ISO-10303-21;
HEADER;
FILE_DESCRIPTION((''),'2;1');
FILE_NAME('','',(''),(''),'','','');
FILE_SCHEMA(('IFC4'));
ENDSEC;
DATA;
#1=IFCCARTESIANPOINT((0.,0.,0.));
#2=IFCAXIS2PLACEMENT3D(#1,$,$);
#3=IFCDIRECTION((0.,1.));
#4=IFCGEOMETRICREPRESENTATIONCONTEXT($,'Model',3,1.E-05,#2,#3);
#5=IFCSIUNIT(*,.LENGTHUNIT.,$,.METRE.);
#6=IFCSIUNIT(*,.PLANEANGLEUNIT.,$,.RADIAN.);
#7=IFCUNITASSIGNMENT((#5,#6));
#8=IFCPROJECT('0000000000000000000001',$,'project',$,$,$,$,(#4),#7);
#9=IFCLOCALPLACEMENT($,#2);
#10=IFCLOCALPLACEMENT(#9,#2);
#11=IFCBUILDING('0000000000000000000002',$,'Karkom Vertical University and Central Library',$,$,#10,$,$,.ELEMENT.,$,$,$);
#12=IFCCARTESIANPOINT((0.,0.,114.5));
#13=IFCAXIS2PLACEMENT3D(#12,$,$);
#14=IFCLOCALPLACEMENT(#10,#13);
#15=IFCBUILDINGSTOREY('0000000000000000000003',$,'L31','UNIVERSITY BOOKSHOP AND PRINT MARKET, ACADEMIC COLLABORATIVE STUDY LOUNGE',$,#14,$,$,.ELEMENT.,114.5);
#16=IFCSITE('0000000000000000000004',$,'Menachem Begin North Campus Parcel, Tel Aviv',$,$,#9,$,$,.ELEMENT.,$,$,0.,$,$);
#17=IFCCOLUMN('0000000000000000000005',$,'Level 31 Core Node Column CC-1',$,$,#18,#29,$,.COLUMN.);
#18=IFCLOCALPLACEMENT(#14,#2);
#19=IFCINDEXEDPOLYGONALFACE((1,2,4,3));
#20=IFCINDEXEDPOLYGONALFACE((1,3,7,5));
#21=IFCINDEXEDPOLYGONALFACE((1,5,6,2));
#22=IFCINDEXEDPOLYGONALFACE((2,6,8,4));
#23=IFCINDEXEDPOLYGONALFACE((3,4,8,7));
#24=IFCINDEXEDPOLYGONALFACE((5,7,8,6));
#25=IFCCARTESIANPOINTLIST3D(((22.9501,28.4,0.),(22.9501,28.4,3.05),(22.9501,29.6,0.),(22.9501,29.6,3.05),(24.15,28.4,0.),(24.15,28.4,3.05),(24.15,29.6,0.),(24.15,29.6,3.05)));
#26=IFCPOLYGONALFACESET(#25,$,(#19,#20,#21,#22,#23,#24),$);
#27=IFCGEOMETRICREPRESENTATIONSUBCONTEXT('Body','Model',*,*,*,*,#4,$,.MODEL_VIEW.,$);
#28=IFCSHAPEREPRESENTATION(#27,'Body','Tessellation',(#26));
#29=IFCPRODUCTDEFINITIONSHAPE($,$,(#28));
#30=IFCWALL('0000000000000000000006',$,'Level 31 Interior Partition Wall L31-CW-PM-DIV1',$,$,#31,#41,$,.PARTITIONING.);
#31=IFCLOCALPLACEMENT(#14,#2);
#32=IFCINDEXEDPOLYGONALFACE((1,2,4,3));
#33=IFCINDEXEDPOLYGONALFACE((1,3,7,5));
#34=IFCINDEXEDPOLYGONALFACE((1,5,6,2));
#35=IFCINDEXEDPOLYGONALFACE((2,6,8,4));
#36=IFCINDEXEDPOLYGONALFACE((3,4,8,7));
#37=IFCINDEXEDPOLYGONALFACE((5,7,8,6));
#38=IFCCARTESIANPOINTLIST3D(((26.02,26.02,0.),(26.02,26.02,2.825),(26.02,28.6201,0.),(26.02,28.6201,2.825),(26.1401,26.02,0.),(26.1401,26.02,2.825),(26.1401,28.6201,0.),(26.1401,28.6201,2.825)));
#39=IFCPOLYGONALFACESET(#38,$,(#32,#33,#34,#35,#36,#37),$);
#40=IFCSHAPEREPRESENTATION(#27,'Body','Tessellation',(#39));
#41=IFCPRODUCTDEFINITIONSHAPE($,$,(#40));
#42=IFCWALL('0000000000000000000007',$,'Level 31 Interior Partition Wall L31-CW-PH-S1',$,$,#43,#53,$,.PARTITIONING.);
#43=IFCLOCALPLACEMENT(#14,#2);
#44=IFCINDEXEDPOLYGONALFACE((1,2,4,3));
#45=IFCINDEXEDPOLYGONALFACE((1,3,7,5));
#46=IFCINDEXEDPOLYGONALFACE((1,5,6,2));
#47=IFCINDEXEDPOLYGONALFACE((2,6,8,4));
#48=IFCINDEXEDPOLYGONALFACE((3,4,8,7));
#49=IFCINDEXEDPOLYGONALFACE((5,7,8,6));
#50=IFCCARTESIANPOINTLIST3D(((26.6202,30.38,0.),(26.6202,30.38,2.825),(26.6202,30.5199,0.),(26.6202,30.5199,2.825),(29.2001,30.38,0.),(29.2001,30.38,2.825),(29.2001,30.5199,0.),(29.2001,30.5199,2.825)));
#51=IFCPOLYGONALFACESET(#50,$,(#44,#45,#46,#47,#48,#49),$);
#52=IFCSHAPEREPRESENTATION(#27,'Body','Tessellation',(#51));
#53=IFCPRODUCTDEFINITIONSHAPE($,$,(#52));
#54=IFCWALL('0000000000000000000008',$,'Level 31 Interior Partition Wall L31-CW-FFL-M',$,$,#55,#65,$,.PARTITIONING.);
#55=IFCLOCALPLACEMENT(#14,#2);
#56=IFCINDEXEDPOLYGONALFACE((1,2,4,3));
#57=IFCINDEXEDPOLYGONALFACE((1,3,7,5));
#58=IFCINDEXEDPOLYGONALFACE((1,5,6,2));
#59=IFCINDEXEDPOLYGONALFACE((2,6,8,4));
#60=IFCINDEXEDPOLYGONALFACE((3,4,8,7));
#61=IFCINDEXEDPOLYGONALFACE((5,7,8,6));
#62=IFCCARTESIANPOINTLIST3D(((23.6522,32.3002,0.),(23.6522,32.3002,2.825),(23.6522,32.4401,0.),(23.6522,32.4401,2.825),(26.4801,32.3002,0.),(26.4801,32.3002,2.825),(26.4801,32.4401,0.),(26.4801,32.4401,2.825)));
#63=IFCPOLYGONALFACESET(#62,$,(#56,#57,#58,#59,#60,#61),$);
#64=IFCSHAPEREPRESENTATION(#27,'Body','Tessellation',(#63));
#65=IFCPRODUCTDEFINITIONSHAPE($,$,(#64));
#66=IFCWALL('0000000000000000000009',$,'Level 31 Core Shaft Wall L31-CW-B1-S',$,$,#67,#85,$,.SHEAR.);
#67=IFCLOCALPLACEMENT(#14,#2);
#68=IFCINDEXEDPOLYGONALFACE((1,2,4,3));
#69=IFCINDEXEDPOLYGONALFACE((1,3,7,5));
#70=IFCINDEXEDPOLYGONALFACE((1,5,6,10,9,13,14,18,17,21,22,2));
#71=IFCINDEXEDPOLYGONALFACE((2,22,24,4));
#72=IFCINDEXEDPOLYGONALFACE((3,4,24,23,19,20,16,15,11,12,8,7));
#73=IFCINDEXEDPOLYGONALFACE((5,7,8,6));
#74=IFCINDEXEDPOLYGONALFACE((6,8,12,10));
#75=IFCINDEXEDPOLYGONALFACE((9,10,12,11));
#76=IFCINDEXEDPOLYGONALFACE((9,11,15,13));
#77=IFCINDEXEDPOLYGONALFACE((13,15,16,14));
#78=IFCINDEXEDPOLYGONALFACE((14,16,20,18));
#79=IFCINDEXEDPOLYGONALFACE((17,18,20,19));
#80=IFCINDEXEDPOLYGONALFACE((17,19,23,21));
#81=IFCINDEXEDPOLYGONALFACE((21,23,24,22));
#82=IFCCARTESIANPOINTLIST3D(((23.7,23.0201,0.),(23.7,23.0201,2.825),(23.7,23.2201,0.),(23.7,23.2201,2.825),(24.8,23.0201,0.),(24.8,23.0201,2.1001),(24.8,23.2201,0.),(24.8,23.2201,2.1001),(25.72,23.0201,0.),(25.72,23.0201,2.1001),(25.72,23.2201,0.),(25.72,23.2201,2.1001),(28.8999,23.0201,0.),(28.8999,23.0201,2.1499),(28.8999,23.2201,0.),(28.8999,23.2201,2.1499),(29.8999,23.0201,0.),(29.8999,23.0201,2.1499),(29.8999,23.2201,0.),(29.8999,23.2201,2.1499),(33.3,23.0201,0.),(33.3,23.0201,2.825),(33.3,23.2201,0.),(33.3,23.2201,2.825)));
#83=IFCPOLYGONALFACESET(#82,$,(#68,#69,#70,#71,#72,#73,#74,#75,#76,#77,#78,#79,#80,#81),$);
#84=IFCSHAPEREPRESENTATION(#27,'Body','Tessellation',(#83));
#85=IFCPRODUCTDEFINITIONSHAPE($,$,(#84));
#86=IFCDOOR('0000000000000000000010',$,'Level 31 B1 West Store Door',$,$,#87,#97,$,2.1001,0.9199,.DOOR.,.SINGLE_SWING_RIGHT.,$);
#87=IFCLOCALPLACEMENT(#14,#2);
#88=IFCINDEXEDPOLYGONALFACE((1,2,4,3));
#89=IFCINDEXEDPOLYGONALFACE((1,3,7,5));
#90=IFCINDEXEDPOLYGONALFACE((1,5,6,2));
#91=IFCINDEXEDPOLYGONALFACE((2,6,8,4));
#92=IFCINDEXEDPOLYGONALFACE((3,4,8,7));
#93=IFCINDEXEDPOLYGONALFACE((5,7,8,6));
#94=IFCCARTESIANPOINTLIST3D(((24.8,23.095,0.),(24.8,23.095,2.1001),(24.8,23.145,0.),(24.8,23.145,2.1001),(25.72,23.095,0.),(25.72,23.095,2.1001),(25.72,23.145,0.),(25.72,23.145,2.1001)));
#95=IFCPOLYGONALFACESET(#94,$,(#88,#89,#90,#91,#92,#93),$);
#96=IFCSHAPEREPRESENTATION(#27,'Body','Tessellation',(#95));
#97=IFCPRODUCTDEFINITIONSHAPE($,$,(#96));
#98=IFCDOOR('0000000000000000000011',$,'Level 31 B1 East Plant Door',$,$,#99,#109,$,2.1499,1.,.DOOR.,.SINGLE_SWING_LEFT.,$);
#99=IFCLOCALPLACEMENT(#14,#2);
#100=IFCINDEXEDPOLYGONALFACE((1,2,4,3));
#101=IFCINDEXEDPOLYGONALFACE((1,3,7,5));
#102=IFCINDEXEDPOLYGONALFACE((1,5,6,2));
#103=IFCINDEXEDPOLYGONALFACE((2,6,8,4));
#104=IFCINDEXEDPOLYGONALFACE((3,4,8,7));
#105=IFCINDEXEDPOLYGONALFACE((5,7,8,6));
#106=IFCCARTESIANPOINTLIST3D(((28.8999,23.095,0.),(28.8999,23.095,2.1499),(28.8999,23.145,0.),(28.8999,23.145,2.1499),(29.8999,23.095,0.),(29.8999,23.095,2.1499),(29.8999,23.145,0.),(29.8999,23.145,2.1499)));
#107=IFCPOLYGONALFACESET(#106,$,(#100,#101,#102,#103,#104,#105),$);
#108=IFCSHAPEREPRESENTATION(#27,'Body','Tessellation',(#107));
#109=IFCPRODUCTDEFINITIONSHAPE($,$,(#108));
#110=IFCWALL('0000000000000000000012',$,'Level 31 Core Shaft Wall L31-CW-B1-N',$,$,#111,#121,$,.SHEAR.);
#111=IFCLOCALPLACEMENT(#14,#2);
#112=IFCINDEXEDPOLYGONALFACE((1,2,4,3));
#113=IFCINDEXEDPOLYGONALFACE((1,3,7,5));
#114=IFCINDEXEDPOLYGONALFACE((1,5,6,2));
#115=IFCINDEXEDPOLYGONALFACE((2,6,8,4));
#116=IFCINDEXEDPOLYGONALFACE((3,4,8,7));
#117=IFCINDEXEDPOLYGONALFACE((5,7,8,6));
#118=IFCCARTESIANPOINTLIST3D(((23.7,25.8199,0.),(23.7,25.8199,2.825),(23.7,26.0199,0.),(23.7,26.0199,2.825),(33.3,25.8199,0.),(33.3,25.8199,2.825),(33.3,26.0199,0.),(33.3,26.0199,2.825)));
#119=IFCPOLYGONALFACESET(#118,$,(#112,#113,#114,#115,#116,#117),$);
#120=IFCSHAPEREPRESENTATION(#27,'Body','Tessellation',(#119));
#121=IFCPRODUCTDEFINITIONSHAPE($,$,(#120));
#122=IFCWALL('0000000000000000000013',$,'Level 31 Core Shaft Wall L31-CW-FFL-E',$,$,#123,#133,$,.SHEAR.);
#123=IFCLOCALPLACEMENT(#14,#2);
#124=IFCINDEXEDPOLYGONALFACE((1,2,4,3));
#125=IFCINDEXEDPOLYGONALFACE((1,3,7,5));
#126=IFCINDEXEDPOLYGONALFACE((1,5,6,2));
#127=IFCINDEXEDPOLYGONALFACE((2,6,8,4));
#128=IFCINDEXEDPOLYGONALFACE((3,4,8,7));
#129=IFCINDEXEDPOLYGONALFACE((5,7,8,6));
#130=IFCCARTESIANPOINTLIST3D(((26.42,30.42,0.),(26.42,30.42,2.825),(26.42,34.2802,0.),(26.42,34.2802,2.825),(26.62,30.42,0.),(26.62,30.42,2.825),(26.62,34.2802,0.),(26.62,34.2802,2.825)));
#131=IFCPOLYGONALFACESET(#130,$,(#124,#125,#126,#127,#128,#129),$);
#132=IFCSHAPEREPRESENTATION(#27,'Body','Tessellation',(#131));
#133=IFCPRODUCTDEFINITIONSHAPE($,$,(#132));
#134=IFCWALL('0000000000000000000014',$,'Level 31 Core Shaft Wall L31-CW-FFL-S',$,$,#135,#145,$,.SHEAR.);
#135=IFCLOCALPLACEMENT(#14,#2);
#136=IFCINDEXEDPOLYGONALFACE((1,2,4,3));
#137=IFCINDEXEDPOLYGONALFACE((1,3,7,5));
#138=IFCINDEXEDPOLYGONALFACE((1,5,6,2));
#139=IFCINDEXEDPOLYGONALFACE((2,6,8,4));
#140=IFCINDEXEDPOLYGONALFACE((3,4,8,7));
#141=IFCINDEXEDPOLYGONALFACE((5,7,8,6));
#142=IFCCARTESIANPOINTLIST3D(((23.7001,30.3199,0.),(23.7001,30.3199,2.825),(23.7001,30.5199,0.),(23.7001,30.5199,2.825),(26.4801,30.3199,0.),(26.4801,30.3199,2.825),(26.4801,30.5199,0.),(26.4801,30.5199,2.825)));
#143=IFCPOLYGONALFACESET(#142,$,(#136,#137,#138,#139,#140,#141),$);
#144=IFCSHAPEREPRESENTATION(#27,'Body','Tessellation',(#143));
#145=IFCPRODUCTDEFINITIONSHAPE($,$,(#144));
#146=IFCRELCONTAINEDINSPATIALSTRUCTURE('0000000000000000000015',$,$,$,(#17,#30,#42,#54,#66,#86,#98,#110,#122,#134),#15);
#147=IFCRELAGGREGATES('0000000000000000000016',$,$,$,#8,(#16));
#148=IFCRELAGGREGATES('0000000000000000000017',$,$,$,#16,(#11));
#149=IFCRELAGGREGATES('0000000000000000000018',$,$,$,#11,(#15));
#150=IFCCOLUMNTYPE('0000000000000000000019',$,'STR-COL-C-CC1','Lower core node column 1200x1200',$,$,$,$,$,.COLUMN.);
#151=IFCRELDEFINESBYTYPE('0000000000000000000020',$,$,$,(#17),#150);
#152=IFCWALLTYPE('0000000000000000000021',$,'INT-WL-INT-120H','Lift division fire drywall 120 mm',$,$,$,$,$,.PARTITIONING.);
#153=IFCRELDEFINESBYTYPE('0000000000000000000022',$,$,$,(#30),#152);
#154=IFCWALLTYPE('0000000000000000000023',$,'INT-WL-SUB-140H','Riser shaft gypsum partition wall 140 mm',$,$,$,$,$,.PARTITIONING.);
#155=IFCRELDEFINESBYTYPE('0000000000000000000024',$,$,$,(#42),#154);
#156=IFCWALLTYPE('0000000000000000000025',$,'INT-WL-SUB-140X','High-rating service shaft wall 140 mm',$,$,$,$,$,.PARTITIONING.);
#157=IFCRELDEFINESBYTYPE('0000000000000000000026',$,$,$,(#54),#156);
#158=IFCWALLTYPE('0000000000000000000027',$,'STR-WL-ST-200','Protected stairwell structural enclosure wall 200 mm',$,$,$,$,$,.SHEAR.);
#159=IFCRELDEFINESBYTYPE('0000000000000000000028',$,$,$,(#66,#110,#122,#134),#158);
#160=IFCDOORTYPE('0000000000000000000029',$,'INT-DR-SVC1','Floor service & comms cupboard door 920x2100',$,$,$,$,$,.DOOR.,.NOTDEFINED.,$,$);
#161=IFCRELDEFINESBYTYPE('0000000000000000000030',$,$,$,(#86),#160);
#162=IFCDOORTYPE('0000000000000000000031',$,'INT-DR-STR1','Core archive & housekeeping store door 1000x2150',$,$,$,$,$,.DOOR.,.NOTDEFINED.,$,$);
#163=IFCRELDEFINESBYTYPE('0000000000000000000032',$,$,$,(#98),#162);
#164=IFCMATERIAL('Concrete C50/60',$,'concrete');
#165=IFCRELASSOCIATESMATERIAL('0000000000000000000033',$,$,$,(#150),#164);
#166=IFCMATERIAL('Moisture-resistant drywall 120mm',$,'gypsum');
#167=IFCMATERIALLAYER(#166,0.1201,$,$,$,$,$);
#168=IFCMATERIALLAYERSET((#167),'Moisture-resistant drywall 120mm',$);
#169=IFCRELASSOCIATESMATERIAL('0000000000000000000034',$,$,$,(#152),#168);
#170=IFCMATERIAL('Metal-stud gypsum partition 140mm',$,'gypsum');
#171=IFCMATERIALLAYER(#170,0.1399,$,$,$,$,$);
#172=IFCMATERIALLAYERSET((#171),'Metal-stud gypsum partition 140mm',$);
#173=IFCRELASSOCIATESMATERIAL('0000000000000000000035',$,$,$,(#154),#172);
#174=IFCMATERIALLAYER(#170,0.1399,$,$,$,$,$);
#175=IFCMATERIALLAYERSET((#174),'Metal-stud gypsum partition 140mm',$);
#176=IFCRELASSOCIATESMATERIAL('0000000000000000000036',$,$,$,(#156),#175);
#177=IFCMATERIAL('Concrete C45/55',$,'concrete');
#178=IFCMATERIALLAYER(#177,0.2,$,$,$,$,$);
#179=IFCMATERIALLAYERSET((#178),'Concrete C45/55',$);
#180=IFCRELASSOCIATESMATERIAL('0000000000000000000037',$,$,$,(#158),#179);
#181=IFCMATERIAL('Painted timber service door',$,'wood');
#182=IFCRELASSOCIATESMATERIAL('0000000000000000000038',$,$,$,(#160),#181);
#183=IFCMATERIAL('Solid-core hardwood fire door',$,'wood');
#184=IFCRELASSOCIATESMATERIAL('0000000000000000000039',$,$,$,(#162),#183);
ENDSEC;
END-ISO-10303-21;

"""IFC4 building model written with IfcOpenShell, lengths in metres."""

from ifc_helpers import new_model, si_unit, direction, frame, frame_2d, origin, origin_with_axes, origin_2d, place, context, subcontext, project, spatial, rectangle, extrude, source, transform, mapped, material, layer, layer_set, material_profile, profile_set, type_object, element, fill, save


model = new_model("IFC4")

# Units and contexts
model_context = context("Model", 3, precision=1e-05, world=origin(), true_north=direction((0.0, 1.0)))
body_context = subcontext(model_context, "Body", "Model", "MODEL_VIEW")
ifc_project = project(units=[si_unit("LENGTHUNIT", "METRE"), si_unit("PLANEANGLEUNIT", "RADIAN")], contexts=[model_context])

# Site, building, storey
site_placement = place(None, origin())
site = spatial("IfcSite", under=ifc_project, at=site_placement, Name="Menachem Begin North Campus Parcel, Tel Aviv", CompositionType="ELEMENT", RefElevation=0.0)
building_placement = place(site_placement, origin())
building = spatial("IfcBuilding", under=site, at=building_placement, Name="Karkom Vertical University and Central Library", CompositionType="ELEMENT")
storey_placement = place(building_placement, frame((0.0, 0.0, 114.5)))
storey = spatial("IfcBuildingStorey", under=building, at=storey_placement, Name="L31", Description="UNIVERSITY BOOKSHOP AND PRINT MARKET, ACADEMIC COLLABORATIVE STUDY LOUNGE", CompositionType="ELEMENT", Elevation=114.5)

# Column
ifc_material_1 = material(Name="Concrete C50/60", Category="concrete")
ifc_material_profile = material_profile(ifc_material_1, rectangle(XDim=1.2, YDim=1.2, at=origin_2d()), Name="RC-1200x1200")
ifc_profile_set = profile_set([ifc_material_profile], Name="Concrete C50/60")
column_type = type_object("IfcColumnType", Name="STR-COL-C-CC1", Description="Lower core node column 1200x1200", PredefinedType="COLUMN", material=ifc_profile_set)
shared_shape_1 = source(origin_with_axes(), body_context, "Body", "SweptSolid", [
    extrude(rectangle(XDim=1.2, YDim=1.2, at=origin_2d()), origin(), (0.0, 0.0, 1.0), 3.05),
])
column_placement = place(storey_placement, frame((23.55, 29.0, 0.0), z_axis=(0.0, 0.0, 1.0), x_axis=(1.0, 0.0, 0.0)))
element("IfcColumn", 1, at=column_placement, inside=storey, type_object=column_type, Name="Level 31 Core Node Column CC-1", PredefinedType="COLUMN", context=body_context, shape_type="MappedRepresentation", body=[
    mapped(shared_shape_1, transform((0.0, 0.0, 0.0), scale=1.0)),
])

# Walls
ifc_material_2 = material(Name="Moisture-resistant drywall 120mm", Category="gypsum")
ifc_layer_1 = layer(ifc_material_2, 0.1201)
ifc_layer_set_1 = layer_set([ifc_layer_1], Name="Moisture-resistant drywall 120mm")
wall_type_1 = type_object("IfcWallType", Name="INT-WL-INT-120H", Description="Lift division fire drywall 120 mm", PredefinedType="PARTITIONING", material=ifc_layer_set_1)
wall_1_placement = place(storey_placement, frame((26.0801, 26.02, 0.0), z_axis=(0.0, 0.0, 1.0), x_axis=(0.0, 1.0, 0.0)))
element("IfcWall", 2, at=wall_1_placement, inside=storey, type_object=wall_type_1, Name="Level 31 Interior Partition Wall L31-CW-PM-DIV1", PredefinedType="PARTITIONING", context=body_context, shape_type="SweptSolid", body=[
    extrude(rectangle(XDim=2.6001, YDim=0.1201, at=frame_2d((1.3, 0.0))), origin(), (0.0, 0.0, 1.0), 2.825),
])
ifc_material_3 = material(Name="Metal-stud gypsum partition 140mm", Category="gypsum")
ifc_layer_2 = layer(ifc_material_3, 0.1399)
ifc_layer_set_2 = layer_set([ifc_layer_2], Name="Metal-stud gypsum partition 140mm")
wall_type_2 = type_object("IfcWallType", Name="INT-WL-SUB-140H", Description="Riser shaft gypsum partition wall 140 mm", PredefinedType="PARTITIONING", material=ifc_layer_set_2)
wall_2_placement = place(storey_placement, frame((26.6201, 30.45, 0.0), z_axis=(0.0, 0.0, 1.0), x_axis=(1.0, 0.0, 0.0)))
element("IfcWall", 3, at=wall_2_placement, inside=storey, type_object=wall_type_2, Name="Level 31 Interior Partition Wall L31-CW-PH-S1", PredefinedType="PARTITIONING", context=body_context, shape_type="SweptSolid", body=[
    extrude(rectangle(XDim=2.5798, YDim=0.1399, at=frame_2d((1.29, 0.0))), origin(), (0.0, 0.0, 1.0), 2.825),
])
ifc_layer_3 = layer(ifc_material_3, 0.1399)
ifc_layer_set_3 = layer_set([ifc_layer_3], Name="Metal-stud gypsum partition 140mm")
wall_type_3 = type_object("IfcWallType", Name="INT-WL-SUB-140X", Description="High-rating service shaft wall 140 mm", PredefinedType="PARTITIONING", material=ifc_layer_set_3)
wall_3_placement = place(storey_placement, frame((23.6521, 32.3701, 0.0), z_axis=(0.0, 0.0, 1.0), x_axis=(1.0, 0.0, 0.0)))
element("IfcWall", 4, at=wall_3_placement, inside=storey, type_object=wall_type_3, Name="Level 31 Interior Partition Wall L31-CW-FFL-M", PredefinedType="PARTITIONING", context=body_context, shape_type="SweptSolid", body=[
    extrude(rectangle(XDim=2.8279, YDim=0.1399, at=frame_2d((1.4141, 0.0))), origin(), (0.0, 0.0, 1.0), 2.825),
])

# Wall, openings, doors
ifc_material_4 = material(Name="Concrete C45/55", Category="concrete")
ifc_layer_4 = layer(ifc_material_4, 0.2)
ifc_layer_set_4 = layer_set([ifc_layer_4], Name="Concrete C45/55")
wall_type_4 = type_object("IfcWallType", Name="STR-WL-ST-200", Description="Protected stairwell structural enclosure wall 200 mm", PredefinedType="SHEAR", material=ifc_layer_set_4)
wall_4_placement = place(storey_placement, frame((23.7, 23.1201, 0.0), z_axis=(0.0, 0.0, 1.0), x_axis=(1.0, 0.0, 0.0)))
wall_4 = element("IfcWall", 5, at=wall_4_placement, inside=storey, type_object=wall_type_4, Name="Level 31 Core Shaft Wall L31-CW-B1-S", PredefinedType="SHEAR", context=body_context, shape_type="SweptSolid", body=[
    extrude(rectangle(XDim=9.6001, YDim=0.2, at=frame_2d((4.8, 0.0))), origin(), (0.0, 0.0, 1.0), 2.825),
])
opening_1_placement = place(wall_4_placement, frame((1.1001, 0.0, 0.0)))
opening_1 = element("IfcOpeningElement", 6, at=opening_1_placement, cuts=wall_4, PredefinedType="OPENING", context=body_context, shape_type="SweptSolid", body=[
    extrude(rectangle(XDim=0.9199, YDim=2.1001, at=frame_2d((0.46, 1.05))), frame((0.0, 0.1099, 0.0), z_axis=(0.0, -1.0, 0.0), x_axis=(1.0, 0.0, 0.0)), (0.0, 0.0, 1.0), 0.22),
])
opening_2_placement = place(wall_4_placement, frame((5.2, 0.0, 0.0)))
opening_2 = element("IfcOpeningElement", 7, at=opening_2_placement, cuts=wall_4, PredefinedType="OPENING", context=body_context, shape_type="SweptSolid", body=[
    extrude(rectangle(XDim=1.0, YDim=2.1499, at=frame_2d((0.5, 1.075))), frame((0.0, 0.1099, 0.0), z_axis=(0.0, -1.0, 0.0), x_axis=(1.0, 0.0, 0.0)), (0.0, 0.0, 1.0), 0.22),
])
ifc_material_5 = material(Name="Painted timber service door", Category="wood")
door_type_1 = type_object("IfcDoorType", Name="INT-DR-SVC1", Description="Floor service & comms cupboard door 920x2100", OperationType="NOTDEFINED", PredefinedType="DOOR", material=ifc_material_5)
shared_shape_2 = source(origin_with_axes(), body_context, "Body", "SweptSolid", [
    extrude(rectangle(XDim=0.9199, YDim=2.1001, at=frame_2d((0.46, 1.05))), frame((0.0, 0.0249, 0.0), z_axis=(0.0, -1.0, 0.0), x_axis=(1.0, 0.0, 0.0)), (0.0, 0.0, 1.0), 0.05),
])
door_1_placement = place(opening_1_placement, origin())
door_1 = element("IfcDoor", 8, at=door_1_placement, inside=storey, type_object=door_type_1, Name="Level 31 B1 West Store Door", OperationType="SINGLE_SWING_RIGHT", OverallHeight=2.1001, OverallWidth=0.9199, PredefinedType="DOOR", context=body_context, shape_type="MappedRepresentation", body=[
    mapped(shared_shape_2, transform((0.0, 0.0, 0.0), scale=1.0)),
])
fill(opening_1, door_1)
ifc_material_6 = material(Name="Solid-core hardwood fire door", Category="wood")
door_type_2 = type_object("IfcDoorType", Name="INT-DR-STR1", Description="Core archive & housekeeping store door 1000x2150", OperationType="NOTDEFINED", PredefinedType="DOOR", material=ifc_material_6)
shared_shape_3 = source(origin_with_axes(), body_context, "Body", "SweptSolid", [
    extrude(rectangle(XDim=1.0, YDim=2.1499, at=frame_2d((0.5, 1.075))), frame((0.0, 0.0249, 0.0), z_axis=(0.0, -1.0, 0.0), x_axis=(1.0, 0.0, 0.0)), (0.0, 0.0, 1.0), 0.05),
])
door_2_placement = place(opening_2_placement, origin())
door_2 = element("IfcDoor", 9, at=door_2_placement, inside=storey, type_object=door_type_2, Name="Level 31 B1 East Plant Door", OperationType="SINGLE_SWING_LEFT", OverallHeight=2.1499, OverallWidth=1.0, PredefinedType="DOOR", context=body_context, shape_type="MappedRepresentation", body=[
    mapped(shared_shape_3, transform((0.0, 0.0, 0.0), scale=1.0)),
])
fill(opening_2, door_2)

# Wall
wall_5_placement = place(storey_placement, frame((23.7, 25.9199, 0.0), z_axis=(0.0, 0.0, 1.0), x_axis=(1.0, 0.0, 0.0)))
element("IfcWall", 10, at=wall_5_placement, inside=storey, type_object=wall_type_4, Name="Level 31 Core Shaft Wall L31-CW-B1-N", PredefinedType="SHEAR", context=body_context, shape_type="SweptSolid", body=[
    extrude(rectangle(XDim=9.6001, YDim=0.2, at=frame_2d((4.8, 0.0))), origin(), (0.0, 0.0, 1.0), 2.825),
])

# Walls
wall_6_placement = place(storey_placement, frame((26.52, 30.4199, 0.0), z_axis=(0.0, 0.0, 1.0), x_axis=(0.0, 1.0, 0.0)))
element("IfcWall", 11, at=wall_6_placement, inside=storey, type_object=wall_type_4, Name="Level 31 Core Shaft Wall L31-CW-FFL-E", PredefinedType="SHEAR", context=body_context, shape_type="SweptSolid", body=[
    extrude(rectangle(XDim=3.8601, YDim=0.2, at=frame_2d((1.9302, 0.0))), origin(), (0.0, 0.0, 1.0), 2.825),
])
wall_7_placement = place(storey_placement, frame((23.7, 30.4199, 0.0), z_axis=(0.0, 0.0, 1.0), x_axis=(1.0, 0.0, 0.0)))
element("IfcWall", 12, at=wall_7_placement, inside=storey, type_object=wall_type_4, Name="Level 31 Core Shaft Wall L31-CW-FFL-S", PredefinedType="SHEAR", context=body_context, shape_type="SweptSolid", body=[
    extrude(rectangle(XDim=2.78, YDim=0.2, at=frame_2d((1.3901, 0.0))), origin(), (0.0, 0.0, 1.0), 2.825),
])

save(model, "model.ifc")
